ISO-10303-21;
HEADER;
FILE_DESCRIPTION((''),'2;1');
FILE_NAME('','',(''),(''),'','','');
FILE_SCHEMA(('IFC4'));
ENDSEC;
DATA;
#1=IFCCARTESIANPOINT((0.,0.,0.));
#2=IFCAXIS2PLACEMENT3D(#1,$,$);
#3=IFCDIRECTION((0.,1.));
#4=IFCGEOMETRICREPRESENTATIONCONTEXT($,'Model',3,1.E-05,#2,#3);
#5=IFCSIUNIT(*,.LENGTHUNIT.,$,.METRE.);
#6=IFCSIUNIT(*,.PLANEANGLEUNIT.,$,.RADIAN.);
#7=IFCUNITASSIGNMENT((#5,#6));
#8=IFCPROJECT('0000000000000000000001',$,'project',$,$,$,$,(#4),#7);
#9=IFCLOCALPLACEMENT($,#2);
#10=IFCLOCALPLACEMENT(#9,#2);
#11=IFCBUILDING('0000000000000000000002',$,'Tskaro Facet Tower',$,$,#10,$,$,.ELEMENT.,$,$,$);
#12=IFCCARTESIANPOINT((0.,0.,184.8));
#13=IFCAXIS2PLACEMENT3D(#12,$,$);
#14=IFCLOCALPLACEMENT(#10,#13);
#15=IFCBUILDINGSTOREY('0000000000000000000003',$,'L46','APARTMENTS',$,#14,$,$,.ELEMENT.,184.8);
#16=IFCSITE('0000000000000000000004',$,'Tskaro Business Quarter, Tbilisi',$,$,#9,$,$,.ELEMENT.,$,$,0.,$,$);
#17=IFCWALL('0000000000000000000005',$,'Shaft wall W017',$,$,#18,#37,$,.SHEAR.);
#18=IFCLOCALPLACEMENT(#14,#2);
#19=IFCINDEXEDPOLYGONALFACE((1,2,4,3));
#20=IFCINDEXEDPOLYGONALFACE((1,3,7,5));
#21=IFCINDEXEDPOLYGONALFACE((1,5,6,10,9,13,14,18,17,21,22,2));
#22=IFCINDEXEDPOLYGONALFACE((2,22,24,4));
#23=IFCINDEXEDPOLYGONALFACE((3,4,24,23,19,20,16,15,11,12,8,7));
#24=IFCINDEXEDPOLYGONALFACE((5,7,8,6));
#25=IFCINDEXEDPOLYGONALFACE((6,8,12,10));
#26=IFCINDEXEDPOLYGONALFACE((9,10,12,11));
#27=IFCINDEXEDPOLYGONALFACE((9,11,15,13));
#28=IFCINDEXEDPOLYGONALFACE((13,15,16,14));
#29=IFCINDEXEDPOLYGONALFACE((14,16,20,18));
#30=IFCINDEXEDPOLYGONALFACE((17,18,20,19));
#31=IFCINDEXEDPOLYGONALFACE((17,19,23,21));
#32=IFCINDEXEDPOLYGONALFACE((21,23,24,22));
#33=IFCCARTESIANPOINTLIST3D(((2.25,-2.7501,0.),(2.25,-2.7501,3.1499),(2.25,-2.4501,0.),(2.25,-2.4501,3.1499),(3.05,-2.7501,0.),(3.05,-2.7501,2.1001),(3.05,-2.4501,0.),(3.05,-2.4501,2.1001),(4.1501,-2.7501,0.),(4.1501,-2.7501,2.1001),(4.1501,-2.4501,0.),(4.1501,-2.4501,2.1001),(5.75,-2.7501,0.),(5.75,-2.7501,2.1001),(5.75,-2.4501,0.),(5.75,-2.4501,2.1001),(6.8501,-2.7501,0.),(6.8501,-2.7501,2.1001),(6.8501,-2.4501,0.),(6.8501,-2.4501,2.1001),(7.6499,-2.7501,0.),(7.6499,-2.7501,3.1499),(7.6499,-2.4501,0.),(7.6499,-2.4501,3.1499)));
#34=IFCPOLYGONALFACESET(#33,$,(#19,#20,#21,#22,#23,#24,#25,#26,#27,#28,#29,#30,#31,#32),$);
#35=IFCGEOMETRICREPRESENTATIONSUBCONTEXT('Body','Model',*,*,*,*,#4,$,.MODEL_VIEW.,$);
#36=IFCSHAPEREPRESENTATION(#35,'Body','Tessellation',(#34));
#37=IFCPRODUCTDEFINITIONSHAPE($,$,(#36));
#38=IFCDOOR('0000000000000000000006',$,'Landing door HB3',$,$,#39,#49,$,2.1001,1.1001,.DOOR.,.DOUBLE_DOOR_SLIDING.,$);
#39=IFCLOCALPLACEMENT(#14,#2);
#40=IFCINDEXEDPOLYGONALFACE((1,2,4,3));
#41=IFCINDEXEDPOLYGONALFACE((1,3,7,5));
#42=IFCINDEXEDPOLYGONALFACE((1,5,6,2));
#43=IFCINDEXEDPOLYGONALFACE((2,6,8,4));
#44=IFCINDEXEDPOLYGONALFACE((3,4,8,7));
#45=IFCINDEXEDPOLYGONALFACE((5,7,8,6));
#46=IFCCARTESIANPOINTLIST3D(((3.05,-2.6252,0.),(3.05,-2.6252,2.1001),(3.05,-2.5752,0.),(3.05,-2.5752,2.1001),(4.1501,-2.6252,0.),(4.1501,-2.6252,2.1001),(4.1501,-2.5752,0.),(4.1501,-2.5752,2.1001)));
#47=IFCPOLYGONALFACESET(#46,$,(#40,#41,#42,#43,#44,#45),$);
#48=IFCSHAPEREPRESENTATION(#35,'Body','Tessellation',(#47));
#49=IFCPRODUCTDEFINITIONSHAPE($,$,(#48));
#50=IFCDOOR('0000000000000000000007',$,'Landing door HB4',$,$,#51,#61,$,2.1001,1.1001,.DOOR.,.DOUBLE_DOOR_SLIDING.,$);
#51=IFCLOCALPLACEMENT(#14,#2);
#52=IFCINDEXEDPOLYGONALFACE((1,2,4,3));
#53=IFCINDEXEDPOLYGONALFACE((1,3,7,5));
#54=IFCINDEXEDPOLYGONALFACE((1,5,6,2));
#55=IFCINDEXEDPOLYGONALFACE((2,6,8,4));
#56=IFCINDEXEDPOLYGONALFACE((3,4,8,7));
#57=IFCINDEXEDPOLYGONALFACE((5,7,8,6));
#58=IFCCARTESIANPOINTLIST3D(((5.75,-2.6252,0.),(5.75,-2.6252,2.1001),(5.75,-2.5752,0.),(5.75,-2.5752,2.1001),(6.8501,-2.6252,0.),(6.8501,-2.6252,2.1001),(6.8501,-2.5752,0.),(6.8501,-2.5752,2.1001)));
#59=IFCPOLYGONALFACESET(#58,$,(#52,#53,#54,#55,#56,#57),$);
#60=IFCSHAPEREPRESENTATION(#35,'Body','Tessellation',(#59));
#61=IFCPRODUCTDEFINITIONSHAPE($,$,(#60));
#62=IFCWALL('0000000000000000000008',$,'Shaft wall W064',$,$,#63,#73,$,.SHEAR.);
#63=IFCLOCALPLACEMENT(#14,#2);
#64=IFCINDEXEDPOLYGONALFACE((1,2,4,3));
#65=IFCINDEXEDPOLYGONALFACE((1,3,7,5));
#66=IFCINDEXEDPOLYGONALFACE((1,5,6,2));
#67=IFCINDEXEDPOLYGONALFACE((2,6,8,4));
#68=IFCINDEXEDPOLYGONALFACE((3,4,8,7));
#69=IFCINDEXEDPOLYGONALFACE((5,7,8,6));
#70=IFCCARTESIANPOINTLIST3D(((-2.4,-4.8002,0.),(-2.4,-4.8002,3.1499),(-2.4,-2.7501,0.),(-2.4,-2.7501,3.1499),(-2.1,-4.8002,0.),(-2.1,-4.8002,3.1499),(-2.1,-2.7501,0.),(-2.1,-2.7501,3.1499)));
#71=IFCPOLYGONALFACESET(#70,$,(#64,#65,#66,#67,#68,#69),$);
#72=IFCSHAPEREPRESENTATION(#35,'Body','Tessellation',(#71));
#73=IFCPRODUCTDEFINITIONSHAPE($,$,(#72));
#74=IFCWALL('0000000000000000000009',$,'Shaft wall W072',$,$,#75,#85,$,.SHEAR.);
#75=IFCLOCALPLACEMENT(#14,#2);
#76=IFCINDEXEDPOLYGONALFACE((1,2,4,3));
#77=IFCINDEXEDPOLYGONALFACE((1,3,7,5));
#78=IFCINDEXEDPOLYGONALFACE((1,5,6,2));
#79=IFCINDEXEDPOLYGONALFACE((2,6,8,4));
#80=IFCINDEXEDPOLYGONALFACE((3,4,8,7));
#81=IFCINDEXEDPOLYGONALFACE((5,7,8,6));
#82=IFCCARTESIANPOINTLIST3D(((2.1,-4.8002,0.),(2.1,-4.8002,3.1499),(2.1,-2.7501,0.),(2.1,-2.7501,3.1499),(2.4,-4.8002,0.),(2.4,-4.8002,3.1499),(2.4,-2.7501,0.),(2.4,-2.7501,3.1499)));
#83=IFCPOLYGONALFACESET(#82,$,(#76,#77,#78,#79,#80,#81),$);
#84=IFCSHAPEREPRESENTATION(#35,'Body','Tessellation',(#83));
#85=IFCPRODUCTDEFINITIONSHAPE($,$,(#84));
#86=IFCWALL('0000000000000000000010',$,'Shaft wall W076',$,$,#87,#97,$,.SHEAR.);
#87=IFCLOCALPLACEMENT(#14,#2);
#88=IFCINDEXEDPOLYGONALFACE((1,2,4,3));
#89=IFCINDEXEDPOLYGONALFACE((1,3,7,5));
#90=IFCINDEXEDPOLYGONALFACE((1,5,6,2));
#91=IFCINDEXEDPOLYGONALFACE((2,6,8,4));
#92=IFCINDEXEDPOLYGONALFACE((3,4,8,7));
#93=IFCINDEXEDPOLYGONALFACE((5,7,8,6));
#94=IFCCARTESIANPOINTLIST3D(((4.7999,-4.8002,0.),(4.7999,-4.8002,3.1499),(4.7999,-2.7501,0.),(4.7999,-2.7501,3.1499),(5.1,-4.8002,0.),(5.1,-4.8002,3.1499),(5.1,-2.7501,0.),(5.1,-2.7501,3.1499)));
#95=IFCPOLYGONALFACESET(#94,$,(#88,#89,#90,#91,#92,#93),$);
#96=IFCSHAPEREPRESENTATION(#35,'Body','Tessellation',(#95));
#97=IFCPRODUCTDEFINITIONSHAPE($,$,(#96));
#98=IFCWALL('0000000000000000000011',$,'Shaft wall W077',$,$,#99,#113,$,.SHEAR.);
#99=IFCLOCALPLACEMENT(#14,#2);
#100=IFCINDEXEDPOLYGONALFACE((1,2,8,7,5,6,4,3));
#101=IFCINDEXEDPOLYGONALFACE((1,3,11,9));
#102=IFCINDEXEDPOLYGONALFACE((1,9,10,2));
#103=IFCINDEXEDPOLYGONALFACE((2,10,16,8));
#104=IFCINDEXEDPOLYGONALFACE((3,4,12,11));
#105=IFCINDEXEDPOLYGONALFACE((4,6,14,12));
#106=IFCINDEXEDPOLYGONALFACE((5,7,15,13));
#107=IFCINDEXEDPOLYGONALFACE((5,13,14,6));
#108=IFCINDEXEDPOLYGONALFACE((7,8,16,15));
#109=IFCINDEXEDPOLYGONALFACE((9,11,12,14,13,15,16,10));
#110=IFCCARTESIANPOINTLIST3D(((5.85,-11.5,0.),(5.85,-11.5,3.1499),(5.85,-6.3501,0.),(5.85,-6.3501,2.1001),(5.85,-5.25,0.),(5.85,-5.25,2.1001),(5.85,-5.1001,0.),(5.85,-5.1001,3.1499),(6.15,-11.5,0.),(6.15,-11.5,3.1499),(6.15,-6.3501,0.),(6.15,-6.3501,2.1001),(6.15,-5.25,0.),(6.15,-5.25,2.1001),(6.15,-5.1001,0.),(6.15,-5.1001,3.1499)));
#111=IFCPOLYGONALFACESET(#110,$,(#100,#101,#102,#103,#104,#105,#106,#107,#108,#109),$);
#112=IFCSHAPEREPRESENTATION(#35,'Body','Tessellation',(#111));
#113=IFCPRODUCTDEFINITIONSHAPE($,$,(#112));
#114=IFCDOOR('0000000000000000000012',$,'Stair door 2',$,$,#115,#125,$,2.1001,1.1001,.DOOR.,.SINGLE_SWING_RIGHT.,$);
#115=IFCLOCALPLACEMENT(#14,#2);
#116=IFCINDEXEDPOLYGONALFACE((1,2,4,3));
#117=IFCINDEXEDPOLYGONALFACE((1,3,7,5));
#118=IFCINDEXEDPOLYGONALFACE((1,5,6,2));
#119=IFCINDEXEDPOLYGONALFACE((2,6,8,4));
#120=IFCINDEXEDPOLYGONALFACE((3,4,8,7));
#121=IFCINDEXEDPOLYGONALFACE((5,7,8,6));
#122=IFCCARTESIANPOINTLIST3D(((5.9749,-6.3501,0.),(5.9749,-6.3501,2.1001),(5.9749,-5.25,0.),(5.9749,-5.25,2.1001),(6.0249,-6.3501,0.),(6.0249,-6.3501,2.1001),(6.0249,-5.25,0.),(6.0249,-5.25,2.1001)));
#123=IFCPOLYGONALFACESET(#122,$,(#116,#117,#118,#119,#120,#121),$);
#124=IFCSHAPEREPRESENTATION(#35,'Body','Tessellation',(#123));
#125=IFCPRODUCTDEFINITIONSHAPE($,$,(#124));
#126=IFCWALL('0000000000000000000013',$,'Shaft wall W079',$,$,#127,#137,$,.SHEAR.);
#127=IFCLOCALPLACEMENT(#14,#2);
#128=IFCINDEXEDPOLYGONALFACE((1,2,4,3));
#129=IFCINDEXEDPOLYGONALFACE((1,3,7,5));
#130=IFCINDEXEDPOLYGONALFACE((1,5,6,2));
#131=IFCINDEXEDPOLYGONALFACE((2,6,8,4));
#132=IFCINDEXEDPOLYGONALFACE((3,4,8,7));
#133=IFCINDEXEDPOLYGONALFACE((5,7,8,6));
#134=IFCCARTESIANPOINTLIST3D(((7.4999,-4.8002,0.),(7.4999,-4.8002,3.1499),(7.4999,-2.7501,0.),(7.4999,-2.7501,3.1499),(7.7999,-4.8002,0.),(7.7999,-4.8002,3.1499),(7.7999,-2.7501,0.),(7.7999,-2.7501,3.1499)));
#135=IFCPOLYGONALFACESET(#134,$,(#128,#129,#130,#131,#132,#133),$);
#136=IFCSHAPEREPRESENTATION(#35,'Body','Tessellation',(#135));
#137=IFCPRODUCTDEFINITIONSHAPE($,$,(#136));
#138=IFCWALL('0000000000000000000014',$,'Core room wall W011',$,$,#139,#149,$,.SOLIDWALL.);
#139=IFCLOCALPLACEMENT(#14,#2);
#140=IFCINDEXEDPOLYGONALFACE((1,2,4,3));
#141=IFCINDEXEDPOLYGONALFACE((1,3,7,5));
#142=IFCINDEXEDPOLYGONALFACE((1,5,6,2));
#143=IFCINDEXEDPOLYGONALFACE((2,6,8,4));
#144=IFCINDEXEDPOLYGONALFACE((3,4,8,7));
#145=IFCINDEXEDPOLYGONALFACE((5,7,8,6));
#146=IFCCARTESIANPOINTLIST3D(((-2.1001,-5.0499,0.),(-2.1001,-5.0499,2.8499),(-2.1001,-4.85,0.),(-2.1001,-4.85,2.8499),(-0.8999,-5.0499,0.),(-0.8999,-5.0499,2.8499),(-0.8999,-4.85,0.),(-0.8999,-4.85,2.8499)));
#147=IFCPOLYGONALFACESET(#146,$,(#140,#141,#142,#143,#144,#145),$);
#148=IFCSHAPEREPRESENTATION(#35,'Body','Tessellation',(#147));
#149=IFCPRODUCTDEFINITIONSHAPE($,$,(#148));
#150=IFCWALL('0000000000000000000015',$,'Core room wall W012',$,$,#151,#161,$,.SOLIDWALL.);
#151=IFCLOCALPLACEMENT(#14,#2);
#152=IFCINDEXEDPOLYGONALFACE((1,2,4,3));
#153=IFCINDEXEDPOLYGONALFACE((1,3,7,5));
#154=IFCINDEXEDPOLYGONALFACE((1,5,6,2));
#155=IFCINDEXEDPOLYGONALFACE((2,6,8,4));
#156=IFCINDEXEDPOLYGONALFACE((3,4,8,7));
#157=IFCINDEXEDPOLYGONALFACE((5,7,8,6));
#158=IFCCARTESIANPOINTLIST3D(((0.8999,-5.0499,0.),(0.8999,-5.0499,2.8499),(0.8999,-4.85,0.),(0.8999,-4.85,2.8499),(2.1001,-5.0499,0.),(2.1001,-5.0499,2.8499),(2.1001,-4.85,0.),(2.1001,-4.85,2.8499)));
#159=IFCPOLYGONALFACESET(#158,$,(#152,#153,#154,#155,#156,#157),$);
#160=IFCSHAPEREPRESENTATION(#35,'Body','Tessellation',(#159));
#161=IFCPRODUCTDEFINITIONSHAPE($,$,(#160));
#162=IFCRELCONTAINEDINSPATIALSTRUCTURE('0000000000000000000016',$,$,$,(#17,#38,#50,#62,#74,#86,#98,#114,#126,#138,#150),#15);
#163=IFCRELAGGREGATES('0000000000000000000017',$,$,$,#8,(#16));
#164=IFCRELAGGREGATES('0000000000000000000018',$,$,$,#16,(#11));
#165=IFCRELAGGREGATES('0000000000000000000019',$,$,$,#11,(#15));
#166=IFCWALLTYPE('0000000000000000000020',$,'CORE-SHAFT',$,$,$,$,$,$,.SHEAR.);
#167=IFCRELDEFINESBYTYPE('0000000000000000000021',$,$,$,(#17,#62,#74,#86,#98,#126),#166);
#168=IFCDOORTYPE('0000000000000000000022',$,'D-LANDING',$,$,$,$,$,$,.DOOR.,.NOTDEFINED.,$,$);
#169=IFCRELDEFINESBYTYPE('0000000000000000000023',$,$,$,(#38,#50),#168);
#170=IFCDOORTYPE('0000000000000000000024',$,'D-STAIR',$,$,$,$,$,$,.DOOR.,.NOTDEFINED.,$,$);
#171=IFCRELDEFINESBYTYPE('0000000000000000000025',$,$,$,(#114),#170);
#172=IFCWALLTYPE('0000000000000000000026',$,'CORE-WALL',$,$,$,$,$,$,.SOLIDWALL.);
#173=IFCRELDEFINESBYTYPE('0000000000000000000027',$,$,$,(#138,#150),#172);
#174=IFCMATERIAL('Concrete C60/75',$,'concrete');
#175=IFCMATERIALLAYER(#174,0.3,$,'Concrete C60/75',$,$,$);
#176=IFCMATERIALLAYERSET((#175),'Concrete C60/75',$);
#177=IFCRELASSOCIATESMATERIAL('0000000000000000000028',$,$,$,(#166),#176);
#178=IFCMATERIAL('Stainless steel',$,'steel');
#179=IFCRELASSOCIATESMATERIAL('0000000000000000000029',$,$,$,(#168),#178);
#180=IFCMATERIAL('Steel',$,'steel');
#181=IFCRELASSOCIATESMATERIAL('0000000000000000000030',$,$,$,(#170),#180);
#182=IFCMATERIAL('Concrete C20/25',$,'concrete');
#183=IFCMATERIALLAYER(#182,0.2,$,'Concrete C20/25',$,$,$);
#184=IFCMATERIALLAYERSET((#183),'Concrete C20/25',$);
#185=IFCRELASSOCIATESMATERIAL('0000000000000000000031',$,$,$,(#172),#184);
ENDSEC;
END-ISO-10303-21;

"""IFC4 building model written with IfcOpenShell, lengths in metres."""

from ifc_helpers import new_model, si_unit, direction, frame, frame_2d, origin, place, context, subcontext, project, spatial, rectangle, extrude, material, layer, layer_set, type_object, element, fill, save


model = new_model("IFC4")

# Units and contexts
model_context = context("Model", 3, precision=1e-05, world=origin(), true_north=direction((0.0, 1.0)))
body_context = subcontext(model_context, "Body", "Model", "MODEL_VIEW")
ifc_project = project(units=[si_unit("LENGTHUNIT", "METRE"), si_unit("PLANEANGLEUNIT", "RADIAN")], contexts=[model_context])

# Site, building, storey
site_placement = place(None, origin())
site = spatial("IfcSite", under=ifc_project, at=site_placement, Name="Tskaro Business Quarter, Tbilisi", CompositionType="ELEMENT", RefElevation=0.0)
building_placement = place(site_placement, origin())
building = spatial("IfcBuilding", under=site, at=building_placement, Name="Tskaro Facet Tower", CompositionType="ELEMENT")
storey_placement = place(building_placement, frame((0.0, 0.0, 184.8)))
storey = spatial("IfcBuildingStorey", under=building, at=storey_placement, Name="L46", Description="APARTMENTS", CompositionType="ELEMENT", Elevation=184.8)

# Shared definitions
ifc_material_1 = material(Name="Concrete C60/75", Category="concrete")

# Shared definitions
ifc_layer_1 = layer(ifc_material_1, 0.3, Name="Concrete C60/75")
ifc_layer_set_1 = layer_set([ifc_layer_1], Name="Concrete C60/75")
wall_type_1 = type_object("IfcWallType", Name="CORE-SHAFT", PredefinedType="SHEAR", material=ifc_layer_set_1)

# Wall, openings, doors
wall_1_placement = place(storey_placement, frame((2.25, -2.6001, 0.0), z_axis=(0.0, 0.0, 1.0), x_axis=(1.0, 0.0, 0.0)))
wall_1 = element("IfcWall", 1, at=wall_1_placement, inside=storey, type_object=wall_type_1, Name="Shaft wall W017", PredefinedType="SHEAR", context=body_context, shape_type="SweptSolid", body=[
    extrude(rectangle(XDim=5.3999, YDim=0.3, at=frame_2d((2.7, 0.0))), origin(), (0.0, 0.0, 1.0), 3.1499),
])
opening_1_placement = place(wall_1_placement, frame((0.8, 0.0, 0.0)))
opening_1 = element("IfcOpeningElement", 2, at=opening_1_placement, cuts=wall_1, PredefinedType="OPENING", context=body_context, shape_type="SweptSolid", body=[
    extrude(rectangle(XDim=1.1001, YDim=2.1001, at=frame_2d((0.55, 1.05))), frame((0.0, 0.1599, 0.0), z_axis=(0.0, -1.0, 0.0), x_axis=(1.0, 0.0, 0.0)), (0.0, 0.0, 1.0), 0.3201),
])
opening_2_placement = place(wall_1_placement, frame((3.5, 0.0, 0.0)))
opening_2 = element("IfcOpeningElement", 3, at=opening_2_placement, cuts=wall_1, PredefinedType="OPENING", context=body_context, shape_type="SweptSolid", body=[
    extrude(rectangle(XDim=1.1001, YDim=2.1001, at=frame_2d((0.55, 1.05))), frame((0.0, 0.1599, 0.0), z_axis=(0.0, -1.0, 0.0), x_axis=(1.0, 0.0, 0.0)), (0.0, 0.0, 1.0), 0.3201),
])
ifc_material_2 = material(Name="Stainless steel", Category="steel")
door_type_1 = type_object("IfcDoorType", Name="D-LANDING", OperationType="NOTDEFINED", PredefinedType="DOOR", material=ifc_material_2)
door_1_placement = place(opening_1_placement, origin())
door_1 = element("IfcDoor", 4, at=door_1_placement, inside=storey, type_object=door_type_1, Name="Landing door HB3", OperationType="DOUBLE_DOOR_SLIDING", OverallHeight=2.1001, OverallWidth=1.1001, PredefinedType="DOOR", context=body_context, shape_type="SweptSolid", body=[
    extrude(rectangle(XDim=1.1001, YDim=2.1001, at=frame_2d((0.55, 1.05))), frame((0.0, 0.0249, 0.0), z_axis=(0.0, -1.0, 0.0), x_axis=(1.0, 0.0, 0.0)), (0.0, 0.0, 1.0), 0.05),
])
fill(opening_1, door_1)
door_2_placement = place(opening_2_placement, origin())
door_2 = element("IfcDoor", 5, at=door_2_placement, inside=storey, type_object=door_type_1, Name="Landing door HB4", OperationType="DOUBLE_DOOR_SLIDING", OverallHeight=2.1001, OverallWidth=1.1001, PredefinedType="DOOR", context=body_context, shape_type="SweptSolid", body=[
    extrude(rectangle(XDim=1.1001, YDim=2.1001, at=frame_2d((0.55, 1.05))), frame((0.0, 0.0249, 0.0), z_axis=(0.0, -1.0, 0.0), x_axis=(1.0, 0.0, 0.0)), (0.0, 0.0, 1.0), 0.05),
])
fill(opening_2, door_2)

# Walls
for number, where, z_axis, x_axis, name in (
    (6, (-2.25, -4.8, 0.0), (0.0, 0.0, 1.0), (0.0, 1.0, 0.0), "Shaft wall W064"),
    (7, (2.25, -4.8, 0.0), (0.0, 0.0, 1.0), (0.0, 1.0, 0.0), "Shaft wall W072"),
    (8, (4.95, -4.8, 0.0), (0.0, 0.0, 1.0), (0.0, 1.0, 0.0), "Shaft wall W076"),
):
    element("IfcWall", number, at=place(storey_placement, frame(where, z_axis=z_axis, x_axis=x_axis)), inside=storey, type_object=wall_type_1, Name=name, PredefinedType="SHEAR", context=body_context, shape_type="SweptSolid", body=[
        extrude(rectangle(XDim=2.05, YDim=0.3, at=frame_2d((1.0249, 0.0))), origin(), (0.0, 0.0, 1.0), 3.1499),
    ])

# Wall, opening, door
wall_2_placement = place(storey_placement, frame((6.0, -5.1001, 0.0), z_axis=(0.0, 0.0, 1.0), x_axis=(0.0, -1.0, 0.0)))
wall_2 = element("IfcWall", 9, at=wall_2_placement, inside=storey, type_object=wall_type_1, Name="Shaft wall W077", PredefinedType="SHEAR", context=body_context, shape_type="SweptSolid", body=[
    extrude(rectangle(XDim=6.3999, YDim=0.3, at=frame_2d((3.2, 0.0))), origin(), (0.0, 0.0, 1.0), 3.1499),
])
opening_3_placement = place(wall_2_placement, frame((0.1499, 0.0, 0.0)))
opening_3 = element("IfcOpeningElement", 10, at=opening_3_placement, cuts=wall_2, PredefinedType="OPENING", context=body_context, shape_type="SweptSolid", body=[
    extrude(rectangle(XDim=1.1001, YDim=2.1001, at=frame_2d((0.55, 1.05))), frame((0.0, 0.1599, 0.0), z_axis=(0.0, -1.0, 0.0), x_axis=(1.0, 0.0, 0.0)), (0.0, 0.0, 1.0), 0.3201),
])
ifc_material_3 = material(Name="Steel", Category="steel")
door_type_2 = type_object("IfcDoorType", Name="D-STAIR", OperationType="NOTDEFINED", PredefinedType="DOOR", material=ifc_material_3)
door_3_placement = place(opening_3_placement, origin())
door_3 = element("IfcDoor", 11, at=door_3_placement, inside=storey, type_object=door_type_2, Name="Stair door 2", OperationType="SINGLE_SWING_RIGHT", OverallHeight=2.1001, OverallWidth=1.1001, PredefinedType="DOOR", context=body_context, shape_type="SweptSolid", body=[
    extrude(rectangle(XDim=1.1001, YDim=2.1001, at=frame_2d((0.55, 1.05))), frame((0.0, 0.0249, 0.0), z_axis=(0.0, -1.0, 0.0), x_axis=(1.0, 0.0, 0.0)), (0.0, 0.0, 1.0), 0.05),
])
fill(opening_3, door_3)

# Walls
wall_3_placement = place(storey_placement, frame((7.6499, -4.8, 0.0), z_axis=(0.0, 0.0, 1.0), x_axis=(0.0, 1.0, 0.0)))
element("IfcWall", 12, at=wall_3_placement, inside=storey, type_object=wall_type_1, Name="Shaft wall W079", PredefinedType="SHEAR", context=body_context, shape_type="SweptSolid", body=[
    extrude(rectangle(XDim=2.05, YDim=0.3, at=frame_2d((1.0249, 0.0))), origin(), (0.0, 0.0, 1.0), 3.1499),
])
ifc_material_4 = material(Name="Concrete C20/25", Category="concrete")
ifc_layer_2 = layer(ifc_material_4, 0.2, Name="Concrete C20/25")
ifc_layer_set_2 = layer_set([ifc_layer_2], Name="Concrete C20/25")
wall_type_2 = type_object("IfcWallType", Name="CORE-WALL", PredefinedType="SOLIDWALL", material=ifc_layer_set_2)
for number, where, z_axis, x_axis, name in (
    (13, (-2.1001, -4.95, 0.0), (0.0, 0.0, 1.0), (1.0, 0.0, 0.0), "Core room wall W011"),
    (14, (0.8999, -4.95, 0.0), (0.0, 0.0, 1.0), (1.0, 0.0, 0.0), "Core room wall W012"),
):
    element("IfcWall", number, at=place(storey_placement, frame(where, z_axis=z_axis, x_axis=x_axis)), inside=storey, type_object=wall_type_2, Name=name, PredefinedType="SOLIDWALL", context=body_context, shape_type="SweptSolid", body=[
        extrude(rectangle(XDim=1.2002, YDim=0.2, at=frame_2d((0.6001, 0.0))), origin(), (0.0, 0.0, 1.0), 2.8499),
    ])

save(model, "model.ifc")
